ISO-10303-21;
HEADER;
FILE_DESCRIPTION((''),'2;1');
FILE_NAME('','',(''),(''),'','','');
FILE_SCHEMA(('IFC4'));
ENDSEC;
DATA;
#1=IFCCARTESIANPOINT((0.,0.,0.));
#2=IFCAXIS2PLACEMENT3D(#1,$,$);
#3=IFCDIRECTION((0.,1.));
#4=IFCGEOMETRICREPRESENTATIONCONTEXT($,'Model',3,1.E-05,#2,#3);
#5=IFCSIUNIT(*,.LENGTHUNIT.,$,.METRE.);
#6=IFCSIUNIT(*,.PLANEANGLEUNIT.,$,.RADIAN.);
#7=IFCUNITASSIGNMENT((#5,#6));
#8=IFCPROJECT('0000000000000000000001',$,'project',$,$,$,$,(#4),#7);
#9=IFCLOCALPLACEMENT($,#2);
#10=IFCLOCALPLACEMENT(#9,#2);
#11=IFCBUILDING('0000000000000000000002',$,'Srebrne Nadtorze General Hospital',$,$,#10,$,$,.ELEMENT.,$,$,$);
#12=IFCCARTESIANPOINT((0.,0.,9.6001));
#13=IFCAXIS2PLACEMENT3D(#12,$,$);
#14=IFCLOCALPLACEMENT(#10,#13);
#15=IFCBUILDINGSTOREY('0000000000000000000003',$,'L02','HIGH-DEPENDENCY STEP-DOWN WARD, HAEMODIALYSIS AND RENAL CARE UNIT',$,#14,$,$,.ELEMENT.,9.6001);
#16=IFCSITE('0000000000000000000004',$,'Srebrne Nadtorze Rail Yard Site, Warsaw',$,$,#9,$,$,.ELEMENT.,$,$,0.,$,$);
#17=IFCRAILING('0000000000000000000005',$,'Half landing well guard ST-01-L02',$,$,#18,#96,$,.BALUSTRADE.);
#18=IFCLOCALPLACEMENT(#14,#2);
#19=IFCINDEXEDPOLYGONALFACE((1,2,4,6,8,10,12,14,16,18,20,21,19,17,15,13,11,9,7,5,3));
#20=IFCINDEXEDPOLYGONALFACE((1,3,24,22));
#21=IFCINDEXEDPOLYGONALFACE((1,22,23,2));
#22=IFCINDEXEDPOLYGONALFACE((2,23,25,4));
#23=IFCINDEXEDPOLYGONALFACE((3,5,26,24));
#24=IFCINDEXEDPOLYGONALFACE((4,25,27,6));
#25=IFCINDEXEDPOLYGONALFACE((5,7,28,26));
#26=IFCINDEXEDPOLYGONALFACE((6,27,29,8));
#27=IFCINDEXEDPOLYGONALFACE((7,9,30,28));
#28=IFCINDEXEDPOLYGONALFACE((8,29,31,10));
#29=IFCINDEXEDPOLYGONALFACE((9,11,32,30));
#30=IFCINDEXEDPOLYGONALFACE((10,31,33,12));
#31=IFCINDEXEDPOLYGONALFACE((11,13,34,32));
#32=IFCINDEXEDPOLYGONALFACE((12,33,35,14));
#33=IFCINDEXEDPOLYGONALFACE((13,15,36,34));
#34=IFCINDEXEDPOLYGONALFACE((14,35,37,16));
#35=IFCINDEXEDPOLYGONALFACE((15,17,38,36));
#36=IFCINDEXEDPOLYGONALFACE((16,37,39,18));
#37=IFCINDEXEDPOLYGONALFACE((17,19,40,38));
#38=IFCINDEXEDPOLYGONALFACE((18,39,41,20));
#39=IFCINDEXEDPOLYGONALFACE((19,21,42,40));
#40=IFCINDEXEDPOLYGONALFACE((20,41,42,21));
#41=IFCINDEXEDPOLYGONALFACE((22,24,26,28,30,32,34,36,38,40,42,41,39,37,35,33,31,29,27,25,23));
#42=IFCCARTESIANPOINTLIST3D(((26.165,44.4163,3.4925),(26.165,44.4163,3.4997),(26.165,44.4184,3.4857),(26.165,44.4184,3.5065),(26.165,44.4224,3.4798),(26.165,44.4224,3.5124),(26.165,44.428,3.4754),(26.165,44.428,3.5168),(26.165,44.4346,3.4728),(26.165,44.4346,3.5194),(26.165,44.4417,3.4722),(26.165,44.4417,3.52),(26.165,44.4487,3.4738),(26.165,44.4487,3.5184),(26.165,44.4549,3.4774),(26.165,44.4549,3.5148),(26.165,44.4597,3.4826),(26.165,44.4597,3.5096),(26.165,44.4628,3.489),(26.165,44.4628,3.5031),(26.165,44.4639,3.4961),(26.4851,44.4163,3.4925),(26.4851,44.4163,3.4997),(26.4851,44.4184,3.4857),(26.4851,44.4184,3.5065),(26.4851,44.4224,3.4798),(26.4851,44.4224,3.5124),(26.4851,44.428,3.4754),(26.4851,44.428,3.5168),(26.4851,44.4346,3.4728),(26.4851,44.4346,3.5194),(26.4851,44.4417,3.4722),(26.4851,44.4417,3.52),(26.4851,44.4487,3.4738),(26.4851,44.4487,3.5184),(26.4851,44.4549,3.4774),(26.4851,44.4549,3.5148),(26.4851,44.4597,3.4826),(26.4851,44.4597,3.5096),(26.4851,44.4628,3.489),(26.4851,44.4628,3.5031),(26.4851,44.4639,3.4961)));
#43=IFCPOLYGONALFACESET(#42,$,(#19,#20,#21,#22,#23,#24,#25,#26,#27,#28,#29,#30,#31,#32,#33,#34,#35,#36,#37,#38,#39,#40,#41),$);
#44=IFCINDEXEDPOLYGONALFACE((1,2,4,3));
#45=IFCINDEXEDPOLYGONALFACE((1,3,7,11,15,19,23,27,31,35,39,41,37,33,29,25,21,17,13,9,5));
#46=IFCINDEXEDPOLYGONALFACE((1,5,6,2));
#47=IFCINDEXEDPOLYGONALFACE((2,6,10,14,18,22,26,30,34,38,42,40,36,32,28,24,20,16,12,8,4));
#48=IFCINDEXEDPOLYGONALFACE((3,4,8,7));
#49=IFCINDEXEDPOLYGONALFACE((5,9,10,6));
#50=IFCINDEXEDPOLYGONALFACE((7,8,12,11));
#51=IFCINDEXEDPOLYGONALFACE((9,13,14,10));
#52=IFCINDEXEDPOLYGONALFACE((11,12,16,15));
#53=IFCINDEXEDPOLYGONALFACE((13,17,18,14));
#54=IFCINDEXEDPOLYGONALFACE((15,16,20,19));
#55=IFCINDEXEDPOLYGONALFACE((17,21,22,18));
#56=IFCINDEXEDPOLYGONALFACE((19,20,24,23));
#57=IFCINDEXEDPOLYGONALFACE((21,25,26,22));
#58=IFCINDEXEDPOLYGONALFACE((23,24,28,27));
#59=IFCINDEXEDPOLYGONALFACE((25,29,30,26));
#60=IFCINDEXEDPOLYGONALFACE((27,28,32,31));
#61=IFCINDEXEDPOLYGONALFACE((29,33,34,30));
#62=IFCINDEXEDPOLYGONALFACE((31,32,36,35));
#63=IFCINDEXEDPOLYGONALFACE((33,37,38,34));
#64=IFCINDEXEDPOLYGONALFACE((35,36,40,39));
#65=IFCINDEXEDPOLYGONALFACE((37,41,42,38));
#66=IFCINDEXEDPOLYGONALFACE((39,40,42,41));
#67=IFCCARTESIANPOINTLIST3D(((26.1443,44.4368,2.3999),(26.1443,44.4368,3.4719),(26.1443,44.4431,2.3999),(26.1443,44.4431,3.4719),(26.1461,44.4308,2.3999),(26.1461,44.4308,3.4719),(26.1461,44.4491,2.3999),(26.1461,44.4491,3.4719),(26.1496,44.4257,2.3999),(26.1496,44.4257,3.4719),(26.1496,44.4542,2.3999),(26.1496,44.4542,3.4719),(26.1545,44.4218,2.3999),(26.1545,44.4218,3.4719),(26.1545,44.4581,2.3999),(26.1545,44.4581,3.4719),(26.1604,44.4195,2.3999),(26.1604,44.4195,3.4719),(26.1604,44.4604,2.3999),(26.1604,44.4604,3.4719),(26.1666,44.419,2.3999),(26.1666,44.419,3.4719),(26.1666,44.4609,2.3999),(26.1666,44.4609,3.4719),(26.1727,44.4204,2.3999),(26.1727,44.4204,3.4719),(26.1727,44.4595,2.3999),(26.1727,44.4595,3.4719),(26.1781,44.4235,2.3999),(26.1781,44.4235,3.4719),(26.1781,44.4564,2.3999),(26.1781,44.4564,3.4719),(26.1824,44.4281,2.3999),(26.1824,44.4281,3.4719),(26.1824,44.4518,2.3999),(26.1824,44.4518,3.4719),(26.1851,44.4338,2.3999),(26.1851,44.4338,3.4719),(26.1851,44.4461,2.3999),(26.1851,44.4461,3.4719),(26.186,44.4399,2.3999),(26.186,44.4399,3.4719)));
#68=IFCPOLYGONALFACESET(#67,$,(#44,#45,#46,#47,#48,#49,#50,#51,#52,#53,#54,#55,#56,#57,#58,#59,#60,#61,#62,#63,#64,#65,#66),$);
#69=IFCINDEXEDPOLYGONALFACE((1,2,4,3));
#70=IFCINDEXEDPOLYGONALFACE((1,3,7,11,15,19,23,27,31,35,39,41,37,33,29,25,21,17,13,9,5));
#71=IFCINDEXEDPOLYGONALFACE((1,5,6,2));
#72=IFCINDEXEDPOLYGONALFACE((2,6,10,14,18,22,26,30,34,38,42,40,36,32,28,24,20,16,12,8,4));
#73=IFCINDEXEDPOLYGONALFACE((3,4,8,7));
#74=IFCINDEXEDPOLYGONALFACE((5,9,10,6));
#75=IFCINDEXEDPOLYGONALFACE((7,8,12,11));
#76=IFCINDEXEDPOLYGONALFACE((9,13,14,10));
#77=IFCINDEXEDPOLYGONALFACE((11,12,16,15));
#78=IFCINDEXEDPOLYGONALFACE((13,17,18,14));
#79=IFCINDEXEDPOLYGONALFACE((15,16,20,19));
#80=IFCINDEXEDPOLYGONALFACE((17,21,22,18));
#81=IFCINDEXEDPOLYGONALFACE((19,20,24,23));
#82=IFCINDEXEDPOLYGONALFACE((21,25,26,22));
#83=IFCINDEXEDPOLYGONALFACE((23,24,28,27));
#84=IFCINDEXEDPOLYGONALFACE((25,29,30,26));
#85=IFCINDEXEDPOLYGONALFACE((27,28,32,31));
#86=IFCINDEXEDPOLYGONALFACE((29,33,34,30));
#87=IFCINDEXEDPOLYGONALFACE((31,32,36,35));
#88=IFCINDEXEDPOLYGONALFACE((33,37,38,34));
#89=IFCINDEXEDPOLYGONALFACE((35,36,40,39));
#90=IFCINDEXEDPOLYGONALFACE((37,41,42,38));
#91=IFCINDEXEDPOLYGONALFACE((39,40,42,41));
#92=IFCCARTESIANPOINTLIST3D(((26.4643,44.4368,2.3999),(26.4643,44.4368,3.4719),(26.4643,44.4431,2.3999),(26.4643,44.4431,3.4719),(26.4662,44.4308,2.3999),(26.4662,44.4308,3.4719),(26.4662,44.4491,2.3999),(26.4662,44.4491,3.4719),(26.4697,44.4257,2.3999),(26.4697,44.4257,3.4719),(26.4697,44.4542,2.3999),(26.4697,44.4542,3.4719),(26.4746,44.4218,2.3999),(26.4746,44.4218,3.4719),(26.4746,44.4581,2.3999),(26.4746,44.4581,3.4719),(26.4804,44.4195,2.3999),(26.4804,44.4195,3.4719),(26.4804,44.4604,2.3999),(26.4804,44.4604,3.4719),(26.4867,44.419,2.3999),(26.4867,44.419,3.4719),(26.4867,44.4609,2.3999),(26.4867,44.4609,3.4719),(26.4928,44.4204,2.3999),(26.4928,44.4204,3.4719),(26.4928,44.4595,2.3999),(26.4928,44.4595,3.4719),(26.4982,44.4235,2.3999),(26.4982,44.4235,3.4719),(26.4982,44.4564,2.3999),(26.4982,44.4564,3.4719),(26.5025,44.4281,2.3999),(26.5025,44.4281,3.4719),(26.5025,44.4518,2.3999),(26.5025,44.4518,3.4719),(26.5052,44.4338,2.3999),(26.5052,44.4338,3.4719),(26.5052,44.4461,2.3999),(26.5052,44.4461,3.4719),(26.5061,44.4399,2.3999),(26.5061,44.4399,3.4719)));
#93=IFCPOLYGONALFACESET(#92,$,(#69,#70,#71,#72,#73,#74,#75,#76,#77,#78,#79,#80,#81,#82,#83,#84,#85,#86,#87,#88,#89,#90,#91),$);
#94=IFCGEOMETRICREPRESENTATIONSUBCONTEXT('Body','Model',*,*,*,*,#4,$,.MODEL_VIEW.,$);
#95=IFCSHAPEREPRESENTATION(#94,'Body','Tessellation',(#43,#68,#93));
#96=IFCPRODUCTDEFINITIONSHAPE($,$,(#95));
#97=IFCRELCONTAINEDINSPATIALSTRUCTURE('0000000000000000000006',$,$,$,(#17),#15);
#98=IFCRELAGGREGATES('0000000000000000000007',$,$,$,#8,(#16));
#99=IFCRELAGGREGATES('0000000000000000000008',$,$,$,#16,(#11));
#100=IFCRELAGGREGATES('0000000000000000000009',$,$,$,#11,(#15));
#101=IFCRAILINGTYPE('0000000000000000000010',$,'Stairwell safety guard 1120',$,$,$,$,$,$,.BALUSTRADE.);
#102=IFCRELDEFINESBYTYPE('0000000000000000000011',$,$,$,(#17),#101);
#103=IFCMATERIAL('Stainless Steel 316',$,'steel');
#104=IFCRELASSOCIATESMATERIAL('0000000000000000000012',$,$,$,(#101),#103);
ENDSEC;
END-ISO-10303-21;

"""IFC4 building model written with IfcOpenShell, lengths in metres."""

from ifc_helpers import new_model, si_unit, direction, frame, origin, origin_2d, place, context, subcontext, project, spatial, circle, extrude, material, type_object, element, save


model = new_model("IFC4")

# Units and contexts
model_context = context("Model", 3, precision=1e-05, world=origin(), true_north=direction((0.0, 1.0)))
body_context = subcontext(model_context, "Body", "Model", "MODEL_VIEW")
ifc_project = project(units=[si_unit("LENGTHUNIT", "METRE"), si_unit("PLANEANGLEUNIT", "RADIAN")], contexts=[model_context])

# Site, building, storey
site_placement = place(None, origin())
site = spatial("IfcSite", under=ifc_project, at=site_placement, Name="Srebrne Nadtorze Rail Yard Site, Warsaw", CompositionType="ELEMENT", RefElevation=0.0)
building_placement = place(site_placement, origin())
building = spatial("IfcBuilding", under=site, at=building_placement, Name="Srebrne Nadtorze General Hospital", CompositionType="ELEMENT")
storey_placement = place(building_placement, frame((0.0, 0.0, 9.6001)))
storey = spatial("IfcBuildingStorey", under=building, at=storey_placement, Name="L02", Description="HIGH-DEPENDENCY STEP-DOWN WARD, HAEMODIALYSIS AND RENAL CARE UNIT", CompositionType="ELEMENT", Elevation=9.6001)

# Railing
ifc_material_1 = material(Name="Stainless Steel 316", Category="steel")
railing_type_1 = type_object("IfcRailingType", Name="Stairwell safety guard 1120", PredefinedType="BALUSTRADE", material=ifc_material_1)
railing_1_placement = place(storey_placement, frame((26.165, 44.4399, 2.3999)))
element("IfcRailing", 1, at=railing_1_placement, inside=storey, type_object=railing_type_1, Name="Half landing well guard ST-01-L02", PredefinedType="BALUSTRADE", context=body_context, shape_type="SweptSolid", body=[
    extrude(circle(Radius=0.0239, at=origin_2d()), frame((0.0, 0.0, 1.0962), z_axis=(1.0, 0.0, 0.0), x_axis=(0.0, 1.0, 0.0)), (0.0, 0.0, 1.0), 0.3201),
    extrude(circle(Radius=0.021, at=origin_2d()), origin(), (0.0, 0.0, 1.0), 1.072),
    extrude(circle(Radius=0.021, at=origin_2d()), frame((0.3201, 0.0, 0.0)), (0.0, 0.0, 1.0), 1.072),
])

save(model, "model.ifc")
